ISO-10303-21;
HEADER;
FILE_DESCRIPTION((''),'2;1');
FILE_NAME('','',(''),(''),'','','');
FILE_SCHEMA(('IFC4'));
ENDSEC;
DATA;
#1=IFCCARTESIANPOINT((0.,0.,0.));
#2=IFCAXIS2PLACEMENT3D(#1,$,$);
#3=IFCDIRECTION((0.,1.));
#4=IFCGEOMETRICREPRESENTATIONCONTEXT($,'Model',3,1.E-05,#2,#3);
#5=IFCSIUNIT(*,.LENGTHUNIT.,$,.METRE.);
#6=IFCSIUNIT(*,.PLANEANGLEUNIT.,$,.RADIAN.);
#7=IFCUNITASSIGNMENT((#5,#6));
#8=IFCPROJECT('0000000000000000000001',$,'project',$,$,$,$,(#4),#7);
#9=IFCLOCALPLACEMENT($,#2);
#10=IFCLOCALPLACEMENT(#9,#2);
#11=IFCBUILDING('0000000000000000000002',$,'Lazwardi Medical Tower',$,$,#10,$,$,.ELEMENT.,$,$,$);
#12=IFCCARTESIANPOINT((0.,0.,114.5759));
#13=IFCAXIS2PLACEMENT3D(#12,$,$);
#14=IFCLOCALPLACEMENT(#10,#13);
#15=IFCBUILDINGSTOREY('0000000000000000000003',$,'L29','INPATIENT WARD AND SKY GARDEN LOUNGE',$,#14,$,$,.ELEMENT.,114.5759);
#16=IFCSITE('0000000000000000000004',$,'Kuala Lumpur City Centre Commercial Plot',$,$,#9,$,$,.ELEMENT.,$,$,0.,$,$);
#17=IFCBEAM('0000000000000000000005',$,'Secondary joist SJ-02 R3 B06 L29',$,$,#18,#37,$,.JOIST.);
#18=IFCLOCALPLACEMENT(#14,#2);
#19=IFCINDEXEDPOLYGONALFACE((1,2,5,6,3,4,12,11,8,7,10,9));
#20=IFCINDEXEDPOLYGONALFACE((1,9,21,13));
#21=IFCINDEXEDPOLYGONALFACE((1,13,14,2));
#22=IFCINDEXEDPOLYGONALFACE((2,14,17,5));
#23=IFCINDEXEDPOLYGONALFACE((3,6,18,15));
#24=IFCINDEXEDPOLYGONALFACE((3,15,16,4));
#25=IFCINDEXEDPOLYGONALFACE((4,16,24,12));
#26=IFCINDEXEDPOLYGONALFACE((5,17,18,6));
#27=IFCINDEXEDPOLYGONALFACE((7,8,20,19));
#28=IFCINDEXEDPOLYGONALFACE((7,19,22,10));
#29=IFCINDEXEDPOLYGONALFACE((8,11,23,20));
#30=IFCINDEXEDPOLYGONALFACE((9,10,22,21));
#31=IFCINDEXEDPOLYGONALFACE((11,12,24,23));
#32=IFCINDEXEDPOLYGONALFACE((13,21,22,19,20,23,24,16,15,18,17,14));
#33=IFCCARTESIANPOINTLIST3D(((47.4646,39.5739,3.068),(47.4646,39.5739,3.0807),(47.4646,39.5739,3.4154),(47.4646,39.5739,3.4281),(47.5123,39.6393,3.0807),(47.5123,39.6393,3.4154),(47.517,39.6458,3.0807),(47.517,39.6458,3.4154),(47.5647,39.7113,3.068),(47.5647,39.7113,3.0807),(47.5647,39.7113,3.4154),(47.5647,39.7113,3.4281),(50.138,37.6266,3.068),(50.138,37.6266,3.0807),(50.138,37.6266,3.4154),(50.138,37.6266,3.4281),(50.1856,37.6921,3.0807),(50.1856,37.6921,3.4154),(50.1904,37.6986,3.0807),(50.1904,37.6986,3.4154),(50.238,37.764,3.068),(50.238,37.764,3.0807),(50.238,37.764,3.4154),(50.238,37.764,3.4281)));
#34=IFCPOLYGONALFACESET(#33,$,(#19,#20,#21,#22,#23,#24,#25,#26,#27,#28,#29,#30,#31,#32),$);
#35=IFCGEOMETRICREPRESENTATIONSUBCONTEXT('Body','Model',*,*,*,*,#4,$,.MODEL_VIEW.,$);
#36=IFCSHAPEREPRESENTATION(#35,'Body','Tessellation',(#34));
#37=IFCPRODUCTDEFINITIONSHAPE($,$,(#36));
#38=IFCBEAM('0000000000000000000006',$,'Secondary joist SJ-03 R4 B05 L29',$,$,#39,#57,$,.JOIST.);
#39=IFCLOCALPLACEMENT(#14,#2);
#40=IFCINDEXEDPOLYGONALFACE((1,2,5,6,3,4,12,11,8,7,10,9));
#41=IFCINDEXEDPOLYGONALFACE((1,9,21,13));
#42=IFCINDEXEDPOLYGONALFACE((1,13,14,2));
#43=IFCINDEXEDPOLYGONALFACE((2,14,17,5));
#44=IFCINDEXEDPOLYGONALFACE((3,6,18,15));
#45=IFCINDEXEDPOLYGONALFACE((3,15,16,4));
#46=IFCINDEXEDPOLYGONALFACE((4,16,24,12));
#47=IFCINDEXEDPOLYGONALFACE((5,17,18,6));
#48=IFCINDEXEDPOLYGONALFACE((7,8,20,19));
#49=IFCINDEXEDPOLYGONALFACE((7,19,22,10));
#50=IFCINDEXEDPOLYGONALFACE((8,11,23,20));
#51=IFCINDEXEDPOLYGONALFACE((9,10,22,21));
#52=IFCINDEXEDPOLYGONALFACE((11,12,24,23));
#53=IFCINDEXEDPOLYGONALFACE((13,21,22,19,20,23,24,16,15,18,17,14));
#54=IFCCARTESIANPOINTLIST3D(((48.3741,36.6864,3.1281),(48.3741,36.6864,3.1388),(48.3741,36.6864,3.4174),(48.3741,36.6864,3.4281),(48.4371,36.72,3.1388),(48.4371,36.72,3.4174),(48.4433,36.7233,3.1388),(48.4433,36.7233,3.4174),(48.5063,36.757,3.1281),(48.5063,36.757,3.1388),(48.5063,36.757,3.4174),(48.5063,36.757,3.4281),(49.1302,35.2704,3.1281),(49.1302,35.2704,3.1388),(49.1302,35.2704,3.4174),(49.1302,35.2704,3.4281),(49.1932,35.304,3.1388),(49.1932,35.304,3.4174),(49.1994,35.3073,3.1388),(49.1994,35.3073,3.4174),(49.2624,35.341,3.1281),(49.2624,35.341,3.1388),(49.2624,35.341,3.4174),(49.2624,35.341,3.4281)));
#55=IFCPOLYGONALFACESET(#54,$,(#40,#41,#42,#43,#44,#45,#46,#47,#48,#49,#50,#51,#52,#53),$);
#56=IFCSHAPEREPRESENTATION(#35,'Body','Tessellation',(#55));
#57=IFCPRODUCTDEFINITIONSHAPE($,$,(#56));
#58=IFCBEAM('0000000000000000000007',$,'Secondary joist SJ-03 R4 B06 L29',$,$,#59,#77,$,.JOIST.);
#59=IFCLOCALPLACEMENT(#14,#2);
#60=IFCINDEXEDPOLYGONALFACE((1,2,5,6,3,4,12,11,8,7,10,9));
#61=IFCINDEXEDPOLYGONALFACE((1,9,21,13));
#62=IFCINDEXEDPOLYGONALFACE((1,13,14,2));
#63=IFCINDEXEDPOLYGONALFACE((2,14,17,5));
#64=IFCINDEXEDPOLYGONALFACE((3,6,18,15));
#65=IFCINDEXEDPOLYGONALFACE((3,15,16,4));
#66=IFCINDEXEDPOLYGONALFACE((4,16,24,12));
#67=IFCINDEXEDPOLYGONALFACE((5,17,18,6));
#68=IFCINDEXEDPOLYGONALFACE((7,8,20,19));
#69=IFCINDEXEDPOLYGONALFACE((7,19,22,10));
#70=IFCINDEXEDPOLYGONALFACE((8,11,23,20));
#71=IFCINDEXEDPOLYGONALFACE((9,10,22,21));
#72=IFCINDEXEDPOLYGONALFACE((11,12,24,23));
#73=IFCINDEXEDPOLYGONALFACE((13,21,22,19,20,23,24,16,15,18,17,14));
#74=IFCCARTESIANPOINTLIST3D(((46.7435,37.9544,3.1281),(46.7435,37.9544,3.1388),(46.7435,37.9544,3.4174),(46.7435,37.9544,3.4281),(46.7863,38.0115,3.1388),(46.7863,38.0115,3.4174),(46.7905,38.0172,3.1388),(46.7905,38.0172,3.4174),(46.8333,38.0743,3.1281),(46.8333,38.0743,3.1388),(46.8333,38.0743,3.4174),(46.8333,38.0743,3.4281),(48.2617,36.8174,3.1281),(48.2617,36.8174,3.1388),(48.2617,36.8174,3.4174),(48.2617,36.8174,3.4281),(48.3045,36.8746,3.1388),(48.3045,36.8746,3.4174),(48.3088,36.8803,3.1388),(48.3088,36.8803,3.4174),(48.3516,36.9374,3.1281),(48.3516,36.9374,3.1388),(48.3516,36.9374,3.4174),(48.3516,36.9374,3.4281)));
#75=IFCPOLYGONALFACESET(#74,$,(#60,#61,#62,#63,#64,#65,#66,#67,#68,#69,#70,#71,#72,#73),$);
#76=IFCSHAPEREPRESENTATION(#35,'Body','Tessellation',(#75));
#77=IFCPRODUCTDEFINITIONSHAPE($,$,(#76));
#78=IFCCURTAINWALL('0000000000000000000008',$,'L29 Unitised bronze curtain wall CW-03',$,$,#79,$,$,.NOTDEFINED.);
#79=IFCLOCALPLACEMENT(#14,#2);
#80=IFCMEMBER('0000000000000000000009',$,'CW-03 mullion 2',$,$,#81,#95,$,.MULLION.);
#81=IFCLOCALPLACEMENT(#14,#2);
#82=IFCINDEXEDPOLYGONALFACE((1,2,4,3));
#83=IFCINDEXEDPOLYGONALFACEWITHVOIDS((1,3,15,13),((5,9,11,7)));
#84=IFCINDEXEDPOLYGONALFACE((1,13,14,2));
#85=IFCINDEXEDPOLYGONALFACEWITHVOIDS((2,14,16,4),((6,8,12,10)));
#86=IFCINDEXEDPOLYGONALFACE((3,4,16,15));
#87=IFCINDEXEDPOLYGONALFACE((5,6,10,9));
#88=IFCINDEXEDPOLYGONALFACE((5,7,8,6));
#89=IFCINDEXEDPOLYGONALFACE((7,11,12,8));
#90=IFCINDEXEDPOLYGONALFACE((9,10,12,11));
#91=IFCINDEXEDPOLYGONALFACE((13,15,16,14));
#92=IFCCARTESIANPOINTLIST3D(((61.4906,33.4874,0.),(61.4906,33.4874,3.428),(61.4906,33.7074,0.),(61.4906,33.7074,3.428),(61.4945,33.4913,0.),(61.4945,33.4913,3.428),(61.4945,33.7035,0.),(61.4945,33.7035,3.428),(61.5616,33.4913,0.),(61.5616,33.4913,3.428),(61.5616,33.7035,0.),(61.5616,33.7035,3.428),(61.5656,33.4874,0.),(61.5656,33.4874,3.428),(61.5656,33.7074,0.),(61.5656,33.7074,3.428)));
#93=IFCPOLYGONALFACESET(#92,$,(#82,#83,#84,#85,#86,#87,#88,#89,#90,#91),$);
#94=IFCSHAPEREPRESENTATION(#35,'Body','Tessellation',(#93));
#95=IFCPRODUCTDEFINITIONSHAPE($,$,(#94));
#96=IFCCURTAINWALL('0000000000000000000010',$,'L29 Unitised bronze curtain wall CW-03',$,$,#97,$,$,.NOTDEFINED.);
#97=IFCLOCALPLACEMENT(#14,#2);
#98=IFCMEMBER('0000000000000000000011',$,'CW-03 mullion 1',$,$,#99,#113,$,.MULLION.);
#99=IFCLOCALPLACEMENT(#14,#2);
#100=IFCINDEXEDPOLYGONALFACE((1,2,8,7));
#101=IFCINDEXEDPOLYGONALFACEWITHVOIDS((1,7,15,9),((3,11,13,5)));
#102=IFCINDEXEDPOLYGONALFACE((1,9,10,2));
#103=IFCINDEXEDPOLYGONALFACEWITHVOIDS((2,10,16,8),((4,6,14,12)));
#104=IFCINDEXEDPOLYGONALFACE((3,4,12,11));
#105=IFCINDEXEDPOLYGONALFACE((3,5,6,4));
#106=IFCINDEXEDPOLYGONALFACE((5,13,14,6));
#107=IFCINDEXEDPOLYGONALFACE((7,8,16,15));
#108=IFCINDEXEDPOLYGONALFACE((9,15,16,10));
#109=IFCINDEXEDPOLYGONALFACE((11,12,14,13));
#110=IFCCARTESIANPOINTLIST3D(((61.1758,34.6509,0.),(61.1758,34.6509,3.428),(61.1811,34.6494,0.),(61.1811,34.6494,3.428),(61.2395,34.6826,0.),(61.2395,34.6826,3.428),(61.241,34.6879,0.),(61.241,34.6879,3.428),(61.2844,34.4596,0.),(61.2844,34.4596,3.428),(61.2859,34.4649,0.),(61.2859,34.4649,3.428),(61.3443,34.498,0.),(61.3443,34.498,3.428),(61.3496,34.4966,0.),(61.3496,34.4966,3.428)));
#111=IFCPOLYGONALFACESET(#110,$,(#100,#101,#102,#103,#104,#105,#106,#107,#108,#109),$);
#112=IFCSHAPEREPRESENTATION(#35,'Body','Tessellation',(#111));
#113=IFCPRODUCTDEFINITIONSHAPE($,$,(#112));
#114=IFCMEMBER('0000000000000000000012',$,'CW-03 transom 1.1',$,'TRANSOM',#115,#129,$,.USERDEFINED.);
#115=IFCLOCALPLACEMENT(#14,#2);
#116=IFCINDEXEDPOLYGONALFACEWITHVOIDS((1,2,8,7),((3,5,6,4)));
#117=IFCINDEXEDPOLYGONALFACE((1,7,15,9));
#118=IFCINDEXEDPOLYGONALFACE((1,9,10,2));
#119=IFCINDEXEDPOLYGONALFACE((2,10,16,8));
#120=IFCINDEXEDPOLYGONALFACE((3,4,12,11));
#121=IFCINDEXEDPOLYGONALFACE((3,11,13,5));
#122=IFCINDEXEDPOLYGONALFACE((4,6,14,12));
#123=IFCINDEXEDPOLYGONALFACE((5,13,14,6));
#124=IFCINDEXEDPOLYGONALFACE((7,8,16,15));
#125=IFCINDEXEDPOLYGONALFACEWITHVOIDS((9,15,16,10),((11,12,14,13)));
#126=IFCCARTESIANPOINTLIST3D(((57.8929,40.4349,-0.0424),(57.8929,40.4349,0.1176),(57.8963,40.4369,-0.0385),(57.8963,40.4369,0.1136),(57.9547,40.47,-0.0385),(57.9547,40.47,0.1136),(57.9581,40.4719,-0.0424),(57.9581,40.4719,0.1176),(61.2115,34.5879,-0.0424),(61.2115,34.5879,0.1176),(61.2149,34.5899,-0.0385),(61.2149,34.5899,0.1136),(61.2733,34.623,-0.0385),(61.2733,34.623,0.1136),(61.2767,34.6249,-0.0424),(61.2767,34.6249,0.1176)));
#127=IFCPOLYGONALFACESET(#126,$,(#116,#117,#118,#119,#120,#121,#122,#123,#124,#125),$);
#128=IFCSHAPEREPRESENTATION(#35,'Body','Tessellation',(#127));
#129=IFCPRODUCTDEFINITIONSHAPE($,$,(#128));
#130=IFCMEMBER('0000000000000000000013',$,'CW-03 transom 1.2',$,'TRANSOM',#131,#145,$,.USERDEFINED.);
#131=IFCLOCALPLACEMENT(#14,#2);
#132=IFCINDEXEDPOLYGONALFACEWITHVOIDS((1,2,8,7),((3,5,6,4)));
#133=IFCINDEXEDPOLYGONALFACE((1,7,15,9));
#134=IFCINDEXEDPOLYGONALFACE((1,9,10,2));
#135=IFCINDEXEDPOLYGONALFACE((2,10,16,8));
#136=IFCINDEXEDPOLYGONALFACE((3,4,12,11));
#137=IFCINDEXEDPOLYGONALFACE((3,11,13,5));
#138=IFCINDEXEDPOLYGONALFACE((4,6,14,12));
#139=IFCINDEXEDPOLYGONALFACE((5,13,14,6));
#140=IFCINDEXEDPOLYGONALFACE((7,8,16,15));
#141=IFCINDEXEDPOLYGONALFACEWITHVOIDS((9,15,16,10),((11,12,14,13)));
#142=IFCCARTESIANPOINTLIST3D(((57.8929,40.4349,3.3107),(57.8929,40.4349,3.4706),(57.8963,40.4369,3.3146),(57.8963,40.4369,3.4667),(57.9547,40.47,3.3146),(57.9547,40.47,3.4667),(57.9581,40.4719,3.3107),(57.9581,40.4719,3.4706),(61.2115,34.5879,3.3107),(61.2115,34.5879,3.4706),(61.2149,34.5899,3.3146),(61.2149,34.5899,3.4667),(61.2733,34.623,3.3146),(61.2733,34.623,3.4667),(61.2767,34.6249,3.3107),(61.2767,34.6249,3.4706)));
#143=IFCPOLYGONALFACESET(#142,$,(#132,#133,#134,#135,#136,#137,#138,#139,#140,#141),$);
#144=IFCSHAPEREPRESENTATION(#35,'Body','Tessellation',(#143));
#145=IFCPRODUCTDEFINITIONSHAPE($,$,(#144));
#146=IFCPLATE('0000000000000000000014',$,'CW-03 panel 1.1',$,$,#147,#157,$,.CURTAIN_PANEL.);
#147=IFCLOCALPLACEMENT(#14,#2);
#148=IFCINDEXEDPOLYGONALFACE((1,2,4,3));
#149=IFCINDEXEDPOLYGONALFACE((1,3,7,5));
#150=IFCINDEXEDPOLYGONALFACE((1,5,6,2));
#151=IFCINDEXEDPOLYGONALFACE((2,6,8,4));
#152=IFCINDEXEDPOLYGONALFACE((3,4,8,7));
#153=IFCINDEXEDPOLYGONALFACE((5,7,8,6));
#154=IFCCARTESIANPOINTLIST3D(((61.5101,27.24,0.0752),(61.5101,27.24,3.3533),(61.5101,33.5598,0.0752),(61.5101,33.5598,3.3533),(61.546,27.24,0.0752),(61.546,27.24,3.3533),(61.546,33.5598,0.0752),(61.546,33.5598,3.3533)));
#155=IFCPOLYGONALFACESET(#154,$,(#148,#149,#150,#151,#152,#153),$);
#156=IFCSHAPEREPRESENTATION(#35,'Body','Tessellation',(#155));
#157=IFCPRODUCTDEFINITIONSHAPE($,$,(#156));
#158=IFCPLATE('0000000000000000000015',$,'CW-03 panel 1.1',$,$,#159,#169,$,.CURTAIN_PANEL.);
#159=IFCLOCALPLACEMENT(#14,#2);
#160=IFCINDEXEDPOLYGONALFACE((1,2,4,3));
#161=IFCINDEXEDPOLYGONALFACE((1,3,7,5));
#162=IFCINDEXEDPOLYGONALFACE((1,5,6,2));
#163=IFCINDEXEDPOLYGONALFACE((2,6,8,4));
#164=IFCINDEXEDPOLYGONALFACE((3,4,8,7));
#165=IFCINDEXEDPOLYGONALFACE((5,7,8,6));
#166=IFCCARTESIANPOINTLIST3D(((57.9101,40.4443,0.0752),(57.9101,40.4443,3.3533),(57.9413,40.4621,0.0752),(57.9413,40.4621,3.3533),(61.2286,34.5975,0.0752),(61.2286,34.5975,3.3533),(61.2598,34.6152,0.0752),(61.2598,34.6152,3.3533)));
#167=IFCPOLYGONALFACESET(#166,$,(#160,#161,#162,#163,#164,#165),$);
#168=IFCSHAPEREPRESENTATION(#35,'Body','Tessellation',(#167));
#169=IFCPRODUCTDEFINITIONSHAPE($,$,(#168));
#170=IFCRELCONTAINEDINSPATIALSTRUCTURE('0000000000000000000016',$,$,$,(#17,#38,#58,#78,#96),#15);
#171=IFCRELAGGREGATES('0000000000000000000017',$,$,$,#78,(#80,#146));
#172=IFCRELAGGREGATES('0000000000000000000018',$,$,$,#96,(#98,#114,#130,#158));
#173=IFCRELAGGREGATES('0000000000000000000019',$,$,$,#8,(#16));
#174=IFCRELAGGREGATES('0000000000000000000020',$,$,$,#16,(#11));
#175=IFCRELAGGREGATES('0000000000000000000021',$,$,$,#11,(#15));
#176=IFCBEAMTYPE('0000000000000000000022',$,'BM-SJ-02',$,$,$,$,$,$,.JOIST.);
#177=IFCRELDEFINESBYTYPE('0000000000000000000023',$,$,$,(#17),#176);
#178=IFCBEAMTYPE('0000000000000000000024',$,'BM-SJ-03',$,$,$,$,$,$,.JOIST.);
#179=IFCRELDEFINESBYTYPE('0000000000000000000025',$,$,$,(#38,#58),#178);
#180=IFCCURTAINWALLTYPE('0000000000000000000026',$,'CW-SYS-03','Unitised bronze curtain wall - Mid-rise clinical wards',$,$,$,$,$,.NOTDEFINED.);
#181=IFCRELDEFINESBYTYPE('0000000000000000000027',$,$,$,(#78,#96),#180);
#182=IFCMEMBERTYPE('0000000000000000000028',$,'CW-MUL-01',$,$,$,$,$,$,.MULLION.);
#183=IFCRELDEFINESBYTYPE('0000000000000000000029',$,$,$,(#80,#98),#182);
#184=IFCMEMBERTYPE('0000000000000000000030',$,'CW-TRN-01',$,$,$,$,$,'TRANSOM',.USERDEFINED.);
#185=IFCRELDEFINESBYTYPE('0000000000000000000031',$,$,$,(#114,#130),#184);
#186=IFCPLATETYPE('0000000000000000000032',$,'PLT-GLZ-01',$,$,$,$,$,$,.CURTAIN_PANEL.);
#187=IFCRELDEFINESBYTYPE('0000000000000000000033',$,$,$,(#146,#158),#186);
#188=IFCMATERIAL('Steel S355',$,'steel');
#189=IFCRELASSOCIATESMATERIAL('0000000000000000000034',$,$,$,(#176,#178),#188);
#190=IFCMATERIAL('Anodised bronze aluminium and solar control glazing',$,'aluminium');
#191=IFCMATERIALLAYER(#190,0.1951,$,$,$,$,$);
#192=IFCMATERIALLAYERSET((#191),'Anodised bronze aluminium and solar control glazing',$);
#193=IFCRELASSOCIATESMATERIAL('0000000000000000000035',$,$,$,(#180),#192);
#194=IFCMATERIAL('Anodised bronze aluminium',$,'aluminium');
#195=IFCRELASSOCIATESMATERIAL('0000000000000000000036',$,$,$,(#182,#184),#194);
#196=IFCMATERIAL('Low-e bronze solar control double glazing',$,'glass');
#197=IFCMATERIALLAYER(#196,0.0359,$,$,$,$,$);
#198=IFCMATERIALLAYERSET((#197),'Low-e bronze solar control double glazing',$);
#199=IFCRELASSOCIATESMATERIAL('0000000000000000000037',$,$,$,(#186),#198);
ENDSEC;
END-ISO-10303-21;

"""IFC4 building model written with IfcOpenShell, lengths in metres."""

from ifc_helpers import new_model, si_unit, direction, frame, origin, origin_2d, place, context, subcontext, project, spatial, rectangle, hollow_rectangle, i_section, extrude, material, layer, layer_set, material_profile, profile_set, type_object, element, aggregate, save


model = new_model("IFC4")

# Units and contexts
model_context = context("Model", 3, precision=1e-05, world=origin(), true_north=direction((0.0, 1.0)))
body_context = subcontext(model_context, "Body", "Model", "MODEL_VIEW")
ifc_project = project(units=[si_unit("LENGTHUNIT", "METRE"), si_unit("PLANEANGLEUNIT", "RADIAN")], contexts=[model_context])

# Site, building, storey
site_placement = place(None, origin())
site = spatial("IfcSite", under=ifc_project, at=site_placement, Name="Kuala Lumpur City Centre Commercial Plot", CompositionType="ELEMENT", RefElevation=0.0)
building_placement = place(site_placement, origin())
building = spatial("IfcBuilding", under=site, at=building_placement, Name="Lazwardi Medical Tower", CompositionType="ELEMENT")
storey_placement = place(building_placement, frame((0.0, 0.0, 114.5759)))
storey = spatial("IfcBuildingStorey", under=building, at=storey_placement, Name="L29", Description="INPATIENT WARD AND SKY GARDEN LOUNGE", CompositionType="ELEMENT", Elevation=114.5759)

# Beams
ifc_material_1 = material(Name="Steel S355", Category="steel")
ifc_material_profile_1 = material_profile(ifc_material_1, i_section(OverallWidth=0.1699, OverallDepth=0.3601, WebThickness=0.0081, FlangeThickness=0.0127, at=origin_2d()), Name="IPE 360")
ifc_profile_set_1 = profile_set([ifc_material_profile_1], Name="Steel S355")
beam_type_1 = type_object("IfcBeamType", Name="BM-SJ-02", PredefinedType="JOIST", material=ifc_profile_set_1)
beam_1_placement = place(storey_placement, frame((50.188, 37.6953, 3.248), z_axis=(-0.808302, 0.588768, 0.0), x_axis=(-0.588768, -0.808302, 0.0)))
element("IfcBeam", 1, at=beam_1_placement, inside=storey, type_object=beam_type_1, Name="Secondary joist SJ-02 R3 B06 L29", PredefinedType="JOIST", context=body_context, shape_type="SweptSolid", body=[
    extrude(i_section(OverallWidth=0.1699, OverallDepth=0.3601, WebThickness=0.0081, FlangeThickness=0.0127, at=origin_2d()), origin(), (0.0, 0.0, 1.0), 3.3074),
])
ifc_material_profile_2 = material_profile(ifc_material_1, i_section(OverallWidth=0.1499, OverallDepth=0.3, WebThickness=0.0071, FlangeThickness=0.0107, at=origin_2d()), Name="IPE 300")
ifc_profile_set_2 = profile_set([ifc_material_profile_2], Name="Steel S355")
beam_type_2 = type_object("IfcBeamType", Name="BM-SJ-03", PredefinedType="JOIST", material=ifc_profile_set_2)
beam_2_placement = place(storey_placement, frame((49.1963, 35.3057, 3.2781), z_axis=(-0.471022, 0.882121, 0.0), x_axis=(-0.882121, -0.471022, 0.0)))
element("IfcBeam", 2, at=beam_2_placement, inside=storey, type_object=beam_type_2, Name="Secondary joist SJ-03 R4 B05 L29", PredefinedType="JOIST", context=body_context, shape_type="SweptSolid", body=[
    extrude(i_section(OverallWidth=0.1499, OverallDepth=0.3, WebThickness=0.0071, FlangeThickness=0.0107, at=origin_2d()), origin(), (0.0, 0.0, 1.0), 1.6052),
])
beam_3_placement = place(storey_placement, frame((48.3066, 36.8774, 3.2781), z_axis=(-0.800448, 0.599403, 0.0), x_axis=(-0.599403, -0.800448, 0.0)))
element("IfcBeam", 3, at=beam_3_placement, inside=storey, type_object=beam_type_2, Name="Secondary joist SJ-03 R4 B06 L29", PredefinedType="JOIST", context=body_context, shape_type="SweptSolid", body=[
    extrude(i_section(OverallWidth=0.1499, OverallDepth=0.3, WebThickness=0.0071, FlangeThickness=0.0107, at=origin_2d()), origin(), (0.0, 0.0, 1.0), 1.8967),
])

# Curtain wall, member
ifc_material_2 = material(Name="Anodised bronze aluminium and solar control glazing", Category="aluminium")
ifc_layer_1 = layer(ifc_material_2, 0.1951)
ifc_layer_set_1 = layer_set([ifc_layer_1], Name="Anodised bronze aluminium and solar control glazing")
curtain_wall_type = type_object("IfcCurtainWallType", Name="CW-SYS-03", Description="Unitised bronze curtain wall - Mid-rise clinical wards", PredefinedType="NOTDEFINED", material=ifc_layer_set_1)
curtain_wall_1_placement = place(storey_placement, origin())
curtain_wall_1 = element("IfcCurtainWall", 4, at=curtain_wall_1_placement, inside=storey, type_object=curtain_wall_type, Name="L29 Unitised bronze curtain wall CW-03", PredefinedType="NOTDEFINED")
ifc_material_3 = material(Name="Anodised bronze aluminium", Category="aluminium")
ifc_material_profile_3 = material_profile(ifc_material_3, hollow_rectangle(XDim=0.075, YDim=0.22, WallThickness=0.0039, at=origin_2d()), Name="ALU-MULLION 220x75x4")
ifc_profile_set_3 = profile_set([ifc_material_profile_3], Name="Anodised bronze aluminium")
member_type_1 = type_object("IfcMemberType", Name="CW-MUL-01", PredefinedType="MULLION", material=ifc_profile_set_3)
member_1_placement = place(storey_placement, frame((61.5281, 33.5974, 0.0), z_axis=(0.0, 0.0, 1.0), x_axis=(-1.0, 0.0, 0.0)))
member_1 = element("IfcMember", 5, at=member_1_placement, type_object=member_type_1, Name="CW-03 mullion 2", PredefinedType="MULLION", context=body_context, shape_type="SweptSolid", body=[
    extrude(hollow_rectangle(XDim=0.075, YDim=0.22, WallThickness=0.0039, at=origin_2d()), origin(), (0.0, 0.0, 1.0), 3.428),
])

# Curtain wall, members
curtain_wall_2_placement = place(storey_placement, origin())
curtain_wall_2 = element("IfcCurtainWall", 6, at=curtain_wall_2_placement, inside=storey, type_object=curtain_wall_type, Name="L29 Unitised bronze curtain wall CW-03", PredefinedType="NOTDEFINED")
member_2_placement = place(storey_placement, frame((61.2627, 34.5737, 0.0), z_axis=(0.0, 0.0, 1.0), x_axis=(-0.869687, -0.493603, 0.0)))
member_2 = element("IfcMember", 7, at=member_2_placement, type_object=member_type_1, Name="CW-03 mullion 1", PredefinedType="MULLION", context=body_context, shape_type="SweptSolid", body=[
    extrude(hollow_rectangle(XDim=0.075, YDim=0.22, WallThickness=0.0039, at=origin_2d()), origin(), (0.0, 0.0, 1.0), 3.428),
])
ifc_material_profile_4 = material_profile(ifc_material_3, hollow_rectangle(XDim=0.075, YDim=0.1599, WallThickness=0.0039, at=origin_2d()), Name="ALU-TRANSOM 160x75x4")
ifc_profile_set_4 = profile_set([ifc_material_profile_4], Name="Anodised bronze aluminium")
member_type_2 = type_object("IfcMemberType", Name="CW-TRN-01", ElementType="TRANSOM", PredefinedType="USERDEFINED", material=ifc_profile_set_4)
member_3_placement = place(storey_placement, frame((61.2441, 34.6064, 0.0376), z_axis=(-0.493614, 0.869681, 0.0), x_axis=(-0.869681, -0.493614, 0.0)))
member_3 = element("IfcMember", 8, at=member_3_placement, type_object=member_type_2, Name="CW-03 transom 1.1", ObjectType="TRANSOM", PredefinedType="USERDEFINED", context=body_context, shape_type="SweptSolid", body=[
    extrude(hollow_rectangle(XDim=0.075, YDim=0.1599, WallThickness=0.0039, at=origin_2d()), origin(), (0.0, 0.0, 1.0), 6.7231),
])
member_4_placement = place(storey_placement, frame((61.2441, 34.6064, 3.3906), z_axis=(-0.493614, 0.869681, 0.0), x_axis=(-0.869681, -0.493614, 0.0)))
member_4 = element("IfcMember", 9, at=member_4_placement, type_object=member_type_2, Name="CW-03 transom 1.2", ObjectType="TRANSOM", PredefinedType="USERDEFINED", context=body_context, shape_type="SweptSolid", body=[
    extrude(hollow_rectangle(XDim=0.075, YDim=0.1599, WallThickness=0.0039, at=origin_2d()), origin(), (0.0, 0.0, 1.0), 6.7231),
])

# Plates
ifc_material_4 = material(Name="Low-e bronze solar control double glazing", Category="glass")
ifc_layer_2 = layer(ifc_material_4, 0.0359)
ifc_layer_set_2 = layer_set([ifc_layer_2], Name="Low-e bronze solar control double glazing")
plate_type = type_object("IfcPlateType", Name="PLT-GLZ-01", PredefinedType="CURTAIN_PANEL", material=ifc_layer_set_2)
plate_1_placement = place(storey_placement, frame((61.5281, 30.3999, 0.0752), z_axis=(0.0, 0.0, 1.0), x_axis=(0.0, 1.0, 0.0)))
plate_1 = element("IfcPlate", 10, at=plate_1_placement, type_object=plate_type, Name="CW-03 panel 1.1", PredefinedType="CURTAIN_PANEL", context=body_context, shape_type="SweptSolid", body=[
    extrude(rectangle(XDim=6.3198, YDim=0.0359, at=origin_2d()), origin(), (0.0, 0.0, 1.0), 3.2781),
])
aggregate(curtain_wall_1, [member_1, plate_1])
plate_2_placement = place(storey_placement, frame((59.585, 37.5298, 0.0752), z_axis=(0.0, 0.0, 1.0), x_axis=(-0.493603, 0.869687, 0.0)))
plate_2 = element("IfcPlate", 11, at=plate_2_placement, type_object=plate_type, Name="CW-03 panel 1.1", PredefinedType="CURTAIN_PANEL", context=body_context, shape_type="SweptSolid", body=[
    extrude(rectangle(XDim=6.7229, YDim=0.0359, at=origin_2d()), origin(), (0.0, 0.0, 1.0), 3.2781),
])
aggregate(curtain_wall_2, [member_2, member_3, member_4, plate_2])

save(model, "model.ifc")
